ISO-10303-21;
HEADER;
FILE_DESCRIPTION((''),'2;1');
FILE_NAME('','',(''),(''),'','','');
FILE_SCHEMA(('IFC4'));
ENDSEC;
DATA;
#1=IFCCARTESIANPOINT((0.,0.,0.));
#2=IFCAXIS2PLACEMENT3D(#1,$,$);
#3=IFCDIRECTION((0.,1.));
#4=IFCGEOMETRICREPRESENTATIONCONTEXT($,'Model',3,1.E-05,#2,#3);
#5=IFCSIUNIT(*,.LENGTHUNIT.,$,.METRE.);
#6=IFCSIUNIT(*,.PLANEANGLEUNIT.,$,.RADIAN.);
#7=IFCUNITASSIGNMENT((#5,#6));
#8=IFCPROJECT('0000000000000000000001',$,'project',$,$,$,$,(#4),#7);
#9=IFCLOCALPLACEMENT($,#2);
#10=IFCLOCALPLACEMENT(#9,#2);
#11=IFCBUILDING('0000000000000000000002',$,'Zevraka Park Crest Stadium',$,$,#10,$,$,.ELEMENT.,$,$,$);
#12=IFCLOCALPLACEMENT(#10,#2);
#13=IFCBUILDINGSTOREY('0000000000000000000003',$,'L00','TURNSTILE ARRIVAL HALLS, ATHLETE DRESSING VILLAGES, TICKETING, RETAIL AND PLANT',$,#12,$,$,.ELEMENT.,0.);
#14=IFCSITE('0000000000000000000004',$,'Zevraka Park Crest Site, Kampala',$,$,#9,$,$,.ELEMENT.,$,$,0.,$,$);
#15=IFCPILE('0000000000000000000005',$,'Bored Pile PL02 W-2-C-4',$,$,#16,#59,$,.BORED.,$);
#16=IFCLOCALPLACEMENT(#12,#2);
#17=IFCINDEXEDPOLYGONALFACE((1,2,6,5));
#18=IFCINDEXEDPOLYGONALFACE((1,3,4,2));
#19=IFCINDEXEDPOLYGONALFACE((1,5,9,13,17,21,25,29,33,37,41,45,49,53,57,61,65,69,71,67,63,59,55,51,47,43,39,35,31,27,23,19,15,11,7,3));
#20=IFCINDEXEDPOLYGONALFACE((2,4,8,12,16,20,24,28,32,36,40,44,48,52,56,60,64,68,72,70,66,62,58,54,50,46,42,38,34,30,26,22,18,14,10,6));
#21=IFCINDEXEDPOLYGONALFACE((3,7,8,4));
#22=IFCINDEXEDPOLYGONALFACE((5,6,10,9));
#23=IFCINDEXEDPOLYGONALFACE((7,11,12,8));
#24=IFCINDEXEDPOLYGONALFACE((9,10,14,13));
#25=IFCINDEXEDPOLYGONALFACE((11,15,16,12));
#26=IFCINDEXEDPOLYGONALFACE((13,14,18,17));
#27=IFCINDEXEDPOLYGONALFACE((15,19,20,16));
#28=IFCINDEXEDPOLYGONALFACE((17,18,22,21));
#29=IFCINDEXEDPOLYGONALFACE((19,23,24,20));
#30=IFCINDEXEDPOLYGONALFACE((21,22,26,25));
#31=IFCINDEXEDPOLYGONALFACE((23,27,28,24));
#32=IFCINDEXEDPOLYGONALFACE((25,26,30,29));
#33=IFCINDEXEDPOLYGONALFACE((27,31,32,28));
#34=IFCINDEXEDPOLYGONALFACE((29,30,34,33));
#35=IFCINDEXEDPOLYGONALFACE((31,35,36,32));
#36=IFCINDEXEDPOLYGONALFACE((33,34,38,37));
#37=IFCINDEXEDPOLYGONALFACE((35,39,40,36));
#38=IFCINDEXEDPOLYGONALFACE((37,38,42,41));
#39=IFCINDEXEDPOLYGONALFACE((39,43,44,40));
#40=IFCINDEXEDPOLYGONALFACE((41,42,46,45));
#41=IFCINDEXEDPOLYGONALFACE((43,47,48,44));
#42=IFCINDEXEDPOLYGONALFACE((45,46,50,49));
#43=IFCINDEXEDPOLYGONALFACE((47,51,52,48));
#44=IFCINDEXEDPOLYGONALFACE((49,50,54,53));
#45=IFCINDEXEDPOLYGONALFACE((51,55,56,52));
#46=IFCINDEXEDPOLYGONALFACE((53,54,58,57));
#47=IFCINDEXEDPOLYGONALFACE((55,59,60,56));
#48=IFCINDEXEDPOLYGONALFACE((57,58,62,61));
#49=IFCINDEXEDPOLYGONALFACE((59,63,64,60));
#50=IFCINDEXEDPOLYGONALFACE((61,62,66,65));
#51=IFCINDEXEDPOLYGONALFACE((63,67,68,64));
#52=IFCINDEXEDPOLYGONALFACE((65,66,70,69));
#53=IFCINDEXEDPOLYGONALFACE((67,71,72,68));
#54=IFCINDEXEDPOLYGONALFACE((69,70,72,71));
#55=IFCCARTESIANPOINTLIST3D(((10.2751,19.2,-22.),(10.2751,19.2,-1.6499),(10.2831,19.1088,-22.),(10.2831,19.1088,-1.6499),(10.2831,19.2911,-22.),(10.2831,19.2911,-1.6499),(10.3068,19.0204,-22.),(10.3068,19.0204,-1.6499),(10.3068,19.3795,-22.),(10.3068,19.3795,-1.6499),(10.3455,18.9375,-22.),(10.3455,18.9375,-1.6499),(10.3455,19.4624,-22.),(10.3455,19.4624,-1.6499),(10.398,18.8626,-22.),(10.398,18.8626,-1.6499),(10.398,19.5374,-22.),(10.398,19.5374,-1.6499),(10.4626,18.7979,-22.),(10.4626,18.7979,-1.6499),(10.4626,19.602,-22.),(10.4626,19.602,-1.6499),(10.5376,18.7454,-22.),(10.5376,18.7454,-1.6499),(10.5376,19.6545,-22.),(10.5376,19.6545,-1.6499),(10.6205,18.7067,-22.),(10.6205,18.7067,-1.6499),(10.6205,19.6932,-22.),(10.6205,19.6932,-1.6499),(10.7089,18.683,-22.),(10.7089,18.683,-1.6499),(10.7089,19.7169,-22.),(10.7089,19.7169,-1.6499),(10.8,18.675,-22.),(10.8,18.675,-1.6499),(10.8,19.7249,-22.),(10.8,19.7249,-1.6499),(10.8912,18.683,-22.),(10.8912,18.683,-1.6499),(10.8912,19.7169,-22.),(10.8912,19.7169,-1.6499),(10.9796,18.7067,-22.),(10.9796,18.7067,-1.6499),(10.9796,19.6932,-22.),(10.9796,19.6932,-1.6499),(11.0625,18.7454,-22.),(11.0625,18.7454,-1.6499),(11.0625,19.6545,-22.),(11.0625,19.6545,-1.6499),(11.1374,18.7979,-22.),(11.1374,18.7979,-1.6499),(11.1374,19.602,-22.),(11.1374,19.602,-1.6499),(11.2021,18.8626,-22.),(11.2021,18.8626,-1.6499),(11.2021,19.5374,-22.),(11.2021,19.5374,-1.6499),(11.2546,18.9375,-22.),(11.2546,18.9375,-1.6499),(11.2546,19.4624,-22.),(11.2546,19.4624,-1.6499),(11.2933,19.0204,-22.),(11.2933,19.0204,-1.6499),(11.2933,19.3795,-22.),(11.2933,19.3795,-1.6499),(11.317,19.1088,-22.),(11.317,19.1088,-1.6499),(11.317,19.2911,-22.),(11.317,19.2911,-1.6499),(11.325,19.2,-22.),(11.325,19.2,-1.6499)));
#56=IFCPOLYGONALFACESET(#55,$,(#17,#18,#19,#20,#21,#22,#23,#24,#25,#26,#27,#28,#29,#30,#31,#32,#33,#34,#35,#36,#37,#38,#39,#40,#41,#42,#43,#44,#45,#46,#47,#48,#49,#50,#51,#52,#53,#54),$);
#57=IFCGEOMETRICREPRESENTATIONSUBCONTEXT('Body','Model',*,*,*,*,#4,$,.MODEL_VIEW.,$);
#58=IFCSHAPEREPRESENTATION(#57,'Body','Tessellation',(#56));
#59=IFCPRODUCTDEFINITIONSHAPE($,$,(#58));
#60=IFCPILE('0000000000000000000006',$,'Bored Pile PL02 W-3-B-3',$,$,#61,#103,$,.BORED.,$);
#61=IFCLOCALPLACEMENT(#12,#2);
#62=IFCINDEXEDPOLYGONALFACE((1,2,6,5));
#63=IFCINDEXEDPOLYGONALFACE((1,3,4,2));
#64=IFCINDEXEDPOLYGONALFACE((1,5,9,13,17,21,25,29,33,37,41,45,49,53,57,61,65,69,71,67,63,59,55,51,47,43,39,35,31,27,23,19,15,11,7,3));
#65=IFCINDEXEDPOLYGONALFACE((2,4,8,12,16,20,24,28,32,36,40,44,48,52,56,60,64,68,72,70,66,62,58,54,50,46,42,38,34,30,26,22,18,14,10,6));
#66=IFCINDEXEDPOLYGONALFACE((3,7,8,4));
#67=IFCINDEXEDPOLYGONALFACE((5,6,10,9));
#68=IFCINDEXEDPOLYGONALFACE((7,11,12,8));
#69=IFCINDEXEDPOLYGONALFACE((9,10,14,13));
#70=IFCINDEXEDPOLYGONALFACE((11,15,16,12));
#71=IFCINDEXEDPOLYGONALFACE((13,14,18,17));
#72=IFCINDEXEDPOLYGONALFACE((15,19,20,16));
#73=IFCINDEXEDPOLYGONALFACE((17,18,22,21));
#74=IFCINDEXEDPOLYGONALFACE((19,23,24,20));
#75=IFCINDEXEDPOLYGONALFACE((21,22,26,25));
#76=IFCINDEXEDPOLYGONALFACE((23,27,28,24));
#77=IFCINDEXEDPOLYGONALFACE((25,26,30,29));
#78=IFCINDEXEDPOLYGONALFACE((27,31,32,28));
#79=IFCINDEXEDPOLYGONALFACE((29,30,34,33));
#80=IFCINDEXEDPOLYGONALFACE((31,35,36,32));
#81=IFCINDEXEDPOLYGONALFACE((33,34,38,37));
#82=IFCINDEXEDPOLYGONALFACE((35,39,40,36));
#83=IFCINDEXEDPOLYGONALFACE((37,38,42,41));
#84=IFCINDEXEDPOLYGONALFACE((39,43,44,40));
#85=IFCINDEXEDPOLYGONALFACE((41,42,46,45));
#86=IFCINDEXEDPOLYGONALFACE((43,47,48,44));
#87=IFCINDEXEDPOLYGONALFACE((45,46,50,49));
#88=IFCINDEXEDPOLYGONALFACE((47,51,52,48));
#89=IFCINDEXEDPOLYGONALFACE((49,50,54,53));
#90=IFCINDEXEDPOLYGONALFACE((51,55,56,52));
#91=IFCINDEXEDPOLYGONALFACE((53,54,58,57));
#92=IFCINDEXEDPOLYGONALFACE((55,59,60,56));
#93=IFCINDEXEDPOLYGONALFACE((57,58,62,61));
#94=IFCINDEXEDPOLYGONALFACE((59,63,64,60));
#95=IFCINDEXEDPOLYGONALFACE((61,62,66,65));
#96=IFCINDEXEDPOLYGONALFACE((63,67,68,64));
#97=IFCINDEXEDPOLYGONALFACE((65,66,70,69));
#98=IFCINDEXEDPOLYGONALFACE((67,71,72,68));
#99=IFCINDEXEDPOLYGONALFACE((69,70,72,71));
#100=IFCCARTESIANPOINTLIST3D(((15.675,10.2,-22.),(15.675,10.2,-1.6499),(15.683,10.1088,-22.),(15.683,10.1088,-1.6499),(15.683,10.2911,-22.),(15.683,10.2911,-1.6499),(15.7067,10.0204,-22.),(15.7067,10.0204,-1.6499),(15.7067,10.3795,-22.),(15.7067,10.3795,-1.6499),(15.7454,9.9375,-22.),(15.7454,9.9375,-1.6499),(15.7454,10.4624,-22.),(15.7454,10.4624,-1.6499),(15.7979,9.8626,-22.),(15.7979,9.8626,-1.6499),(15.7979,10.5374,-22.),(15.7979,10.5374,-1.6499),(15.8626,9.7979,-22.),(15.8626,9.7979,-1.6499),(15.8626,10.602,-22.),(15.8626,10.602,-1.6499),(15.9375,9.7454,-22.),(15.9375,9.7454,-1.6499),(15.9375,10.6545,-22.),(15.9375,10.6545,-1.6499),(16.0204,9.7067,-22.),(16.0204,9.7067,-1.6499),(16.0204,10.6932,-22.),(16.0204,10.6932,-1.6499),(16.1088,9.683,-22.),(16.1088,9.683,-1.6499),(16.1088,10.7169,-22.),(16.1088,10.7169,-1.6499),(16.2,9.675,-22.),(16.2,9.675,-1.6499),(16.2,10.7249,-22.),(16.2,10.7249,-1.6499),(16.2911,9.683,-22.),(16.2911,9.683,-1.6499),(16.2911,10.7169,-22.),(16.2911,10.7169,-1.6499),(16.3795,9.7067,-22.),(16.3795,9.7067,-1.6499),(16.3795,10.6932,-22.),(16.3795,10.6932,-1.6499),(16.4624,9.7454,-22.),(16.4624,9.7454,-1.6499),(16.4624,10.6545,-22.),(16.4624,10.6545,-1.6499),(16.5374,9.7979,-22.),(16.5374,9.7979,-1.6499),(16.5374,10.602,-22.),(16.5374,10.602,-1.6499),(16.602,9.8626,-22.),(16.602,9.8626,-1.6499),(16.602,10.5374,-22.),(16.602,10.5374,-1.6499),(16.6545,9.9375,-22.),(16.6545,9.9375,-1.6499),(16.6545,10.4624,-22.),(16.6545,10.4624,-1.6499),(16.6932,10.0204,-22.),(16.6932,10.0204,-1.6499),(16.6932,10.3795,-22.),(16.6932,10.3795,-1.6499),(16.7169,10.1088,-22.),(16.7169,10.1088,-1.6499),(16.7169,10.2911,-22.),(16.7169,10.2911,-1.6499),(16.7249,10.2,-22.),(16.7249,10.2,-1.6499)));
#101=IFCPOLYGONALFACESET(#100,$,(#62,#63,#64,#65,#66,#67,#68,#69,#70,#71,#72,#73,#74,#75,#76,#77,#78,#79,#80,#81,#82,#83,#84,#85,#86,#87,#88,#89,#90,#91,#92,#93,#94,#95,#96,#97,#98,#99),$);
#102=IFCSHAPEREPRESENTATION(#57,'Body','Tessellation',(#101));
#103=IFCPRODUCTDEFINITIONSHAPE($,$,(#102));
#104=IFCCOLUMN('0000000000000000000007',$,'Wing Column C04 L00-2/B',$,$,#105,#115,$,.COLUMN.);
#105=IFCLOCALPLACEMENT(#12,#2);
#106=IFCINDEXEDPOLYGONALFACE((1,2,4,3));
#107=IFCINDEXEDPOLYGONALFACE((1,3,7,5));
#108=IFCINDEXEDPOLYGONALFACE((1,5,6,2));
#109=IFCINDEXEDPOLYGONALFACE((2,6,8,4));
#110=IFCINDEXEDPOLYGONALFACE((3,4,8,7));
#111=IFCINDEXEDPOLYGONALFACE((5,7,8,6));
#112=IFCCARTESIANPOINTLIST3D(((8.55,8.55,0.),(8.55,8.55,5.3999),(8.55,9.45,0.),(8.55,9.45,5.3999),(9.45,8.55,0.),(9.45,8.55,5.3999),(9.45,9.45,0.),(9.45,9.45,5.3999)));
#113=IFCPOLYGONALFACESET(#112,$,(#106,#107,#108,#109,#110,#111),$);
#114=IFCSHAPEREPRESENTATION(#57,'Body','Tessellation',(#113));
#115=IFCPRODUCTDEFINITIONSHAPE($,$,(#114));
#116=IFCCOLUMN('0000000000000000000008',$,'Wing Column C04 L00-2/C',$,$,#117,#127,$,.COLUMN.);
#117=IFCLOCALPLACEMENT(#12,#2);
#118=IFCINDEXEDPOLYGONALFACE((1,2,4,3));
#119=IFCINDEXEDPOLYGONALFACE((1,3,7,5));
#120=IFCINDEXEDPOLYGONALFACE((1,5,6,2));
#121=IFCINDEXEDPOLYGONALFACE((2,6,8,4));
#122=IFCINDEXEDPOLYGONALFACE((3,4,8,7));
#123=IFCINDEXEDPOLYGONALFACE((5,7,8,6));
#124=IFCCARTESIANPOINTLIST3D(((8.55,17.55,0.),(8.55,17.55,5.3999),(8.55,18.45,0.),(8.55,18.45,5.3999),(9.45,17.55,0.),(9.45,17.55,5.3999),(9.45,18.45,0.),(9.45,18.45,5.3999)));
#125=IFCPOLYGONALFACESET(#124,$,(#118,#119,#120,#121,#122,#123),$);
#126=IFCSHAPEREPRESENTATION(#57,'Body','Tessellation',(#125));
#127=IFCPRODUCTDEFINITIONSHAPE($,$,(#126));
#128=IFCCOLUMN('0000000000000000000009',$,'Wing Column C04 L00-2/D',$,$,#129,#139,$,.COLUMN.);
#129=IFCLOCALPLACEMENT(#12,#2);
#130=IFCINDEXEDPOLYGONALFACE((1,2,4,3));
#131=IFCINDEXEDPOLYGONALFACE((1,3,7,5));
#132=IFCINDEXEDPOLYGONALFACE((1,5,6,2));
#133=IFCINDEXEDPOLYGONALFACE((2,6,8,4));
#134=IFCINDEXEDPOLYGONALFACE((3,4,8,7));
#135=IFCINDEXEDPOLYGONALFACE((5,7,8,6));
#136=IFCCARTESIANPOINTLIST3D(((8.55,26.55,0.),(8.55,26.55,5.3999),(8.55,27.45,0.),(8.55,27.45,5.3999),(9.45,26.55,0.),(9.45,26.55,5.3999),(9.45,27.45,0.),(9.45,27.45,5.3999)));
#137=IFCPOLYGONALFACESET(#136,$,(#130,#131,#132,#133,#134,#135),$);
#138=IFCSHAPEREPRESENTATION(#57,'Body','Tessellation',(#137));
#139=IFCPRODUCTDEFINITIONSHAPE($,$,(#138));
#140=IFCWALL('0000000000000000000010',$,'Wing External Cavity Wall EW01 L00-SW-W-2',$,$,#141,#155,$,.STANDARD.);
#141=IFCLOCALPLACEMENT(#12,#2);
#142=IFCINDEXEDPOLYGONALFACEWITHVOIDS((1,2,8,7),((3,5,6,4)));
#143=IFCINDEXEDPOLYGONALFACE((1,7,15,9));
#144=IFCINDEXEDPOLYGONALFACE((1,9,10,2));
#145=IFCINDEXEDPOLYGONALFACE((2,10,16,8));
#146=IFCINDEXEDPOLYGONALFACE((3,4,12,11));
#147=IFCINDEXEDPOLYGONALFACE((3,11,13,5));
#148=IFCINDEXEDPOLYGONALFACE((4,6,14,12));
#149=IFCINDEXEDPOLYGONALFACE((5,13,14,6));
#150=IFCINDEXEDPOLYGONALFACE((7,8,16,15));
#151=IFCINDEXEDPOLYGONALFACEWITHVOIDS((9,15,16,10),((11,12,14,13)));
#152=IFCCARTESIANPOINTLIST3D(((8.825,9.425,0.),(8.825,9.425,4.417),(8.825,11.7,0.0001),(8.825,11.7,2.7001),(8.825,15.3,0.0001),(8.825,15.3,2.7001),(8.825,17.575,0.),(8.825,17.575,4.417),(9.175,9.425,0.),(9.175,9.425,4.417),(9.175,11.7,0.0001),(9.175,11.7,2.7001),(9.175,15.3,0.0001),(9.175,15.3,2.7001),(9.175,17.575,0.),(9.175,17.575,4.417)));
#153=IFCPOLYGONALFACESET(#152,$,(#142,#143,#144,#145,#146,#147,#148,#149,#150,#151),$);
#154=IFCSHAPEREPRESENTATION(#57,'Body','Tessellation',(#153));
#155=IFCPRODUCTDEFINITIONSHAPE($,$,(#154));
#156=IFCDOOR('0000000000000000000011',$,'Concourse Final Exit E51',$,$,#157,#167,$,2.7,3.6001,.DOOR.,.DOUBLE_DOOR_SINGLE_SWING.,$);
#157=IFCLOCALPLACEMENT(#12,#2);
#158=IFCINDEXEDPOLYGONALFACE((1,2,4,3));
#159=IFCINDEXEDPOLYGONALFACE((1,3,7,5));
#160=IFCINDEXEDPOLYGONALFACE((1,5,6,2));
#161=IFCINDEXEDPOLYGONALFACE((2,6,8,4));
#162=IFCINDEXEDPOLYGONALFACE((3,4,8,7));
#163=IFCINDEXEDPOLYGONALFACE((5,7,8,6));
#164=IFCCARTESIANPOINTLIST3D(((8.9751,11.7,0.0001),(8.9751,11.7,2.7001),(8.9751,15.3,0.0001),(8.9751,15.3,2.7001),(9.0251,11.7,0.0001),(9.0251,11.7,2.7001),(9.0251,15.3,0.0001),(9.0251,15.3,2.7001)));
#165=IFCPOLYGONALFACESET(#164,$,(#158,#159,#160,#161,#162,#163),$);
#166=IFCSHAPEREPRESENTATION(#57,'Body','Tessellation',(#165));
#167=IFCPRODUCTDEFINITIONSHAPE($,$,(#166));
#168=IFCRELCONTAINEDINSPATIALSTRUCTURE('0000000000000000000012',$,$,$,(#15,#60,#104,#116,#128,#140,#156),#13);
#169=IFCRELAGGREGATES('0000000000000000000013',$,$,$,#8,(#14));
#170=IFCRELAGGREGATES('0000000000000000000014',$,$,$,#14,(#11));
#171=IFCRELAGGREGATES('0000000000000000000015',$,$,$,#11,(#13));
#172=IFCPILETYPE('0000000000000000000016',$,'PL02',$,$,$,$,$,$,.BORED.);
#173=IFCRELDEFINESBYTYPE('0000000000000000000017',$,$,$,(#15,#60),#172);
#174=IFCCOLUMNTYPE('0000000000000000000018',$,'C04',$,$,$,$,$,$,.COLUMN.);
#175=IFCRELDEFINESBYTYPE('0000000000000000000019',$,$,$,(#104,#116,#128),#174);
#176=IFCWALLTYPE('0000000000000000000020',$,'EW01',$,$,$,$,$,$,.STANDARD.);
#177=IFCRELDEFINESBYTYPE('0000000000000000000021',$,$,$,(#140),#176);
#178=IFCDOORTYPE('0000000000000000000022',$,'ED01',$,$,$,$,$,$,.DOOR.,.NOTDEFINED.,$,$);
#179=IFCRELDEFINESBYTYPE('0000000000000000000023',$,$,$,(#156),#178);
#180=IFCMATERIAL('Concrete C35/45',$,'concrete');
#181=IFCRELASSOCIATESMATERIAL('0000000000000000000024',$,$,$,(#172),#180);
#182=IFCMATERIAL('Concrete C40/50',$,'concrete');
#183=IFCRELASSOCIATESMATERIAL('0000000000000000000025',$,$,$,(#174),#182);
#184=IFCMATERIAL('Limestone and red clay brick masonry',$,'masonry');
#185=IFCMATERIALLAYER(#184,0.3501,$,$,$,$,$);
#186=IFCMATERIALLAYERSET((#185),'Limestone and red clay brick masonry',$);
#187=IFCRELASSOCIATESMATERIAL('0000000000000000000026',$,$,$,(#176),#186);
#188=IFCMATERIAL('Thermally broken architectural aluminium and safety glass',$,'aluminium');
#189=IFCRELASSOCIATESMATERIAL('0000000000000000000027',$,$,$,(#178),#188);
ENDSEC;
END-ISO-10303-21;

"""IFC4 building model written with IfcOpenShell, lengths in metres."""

from ifc_helpers import new_model, si_unit, direction, frame, frame_2d, origin, origin_2d, place, context, subcontext, project, spatial, rectangle, circle, extrude, material, layer, layer_set, material_profile, profile_set, type_object, element, fill, save


model = new_model("IFC4")

# Units and contexts
model_context = context("Model", 3, precision=1e-05, world=origin(), true_north=direction((0.0, 1.0)))
body_context = subcontext(model_context, "Body", "Model", "MODEL_VIEW")
ifc_project = project(units=[si_unit("LENGTHUNIT", "METRE"), si_unit("PLANEANGLEUNIT", "RADIAN")], contexts=[model_context])

# Site, building, storey
site_placement = place(None, origin())
site = spatial("IfcSite", under=ifc_project, at=site_placement, Name="Zevraka Park Crest Site, Kampala", CompositionType="ELEMENT", RefElevation=0.0)
building_placement = place(site_placement, origin())
building = spatial("IfcBuilding", under=site, at=building_placement, Name="Zevraka Park Crest Stadium", CompositionType="ELEMENT")
storey_placement = place(building_placement, origin())
storey = spatial("IfcBuildingStorey", under=building, at=storey_placement, Name="L00", Description="TURNSTILE ARRIVAL HALLS, ATHLETE DRESSING VILLAGES, TICKETING, RETAIL AND PLANT", CompositionType="ELEMENT", Elevation=0.0)

# Piles
ifc_material_1 = material(Name="Concrete C35/45", Category="concrete")
ifc_material_profile_1 = material_profile(ifc_material_1, circle(Radius=0.5249, at=origin_2d()), Name="PILE D1050")
ifc_profile_set_1 = profile_set([ifc_material_profile_1], Name="Concrete C35/45")
pile_type_1 = type_object("IfcPileType", Name="PL02", PredefinedType="BORED", material=ifc_profile_set_1)
for number, where, z_axis, x_axis, name in (
    (1, (10.8, 19.2, -1.6499), (0.0, 0.0, -1.0), (1.0, 0.0, 0.0), "Bored Pile PL02 W-2-C-4"),
    (2, (16.2, 10.2, -1.6499), (0.0, 0.0, -1.0), (1.0, 0.0, 0.0), "Bored Pile PL02 W-3-B-3"),
):
    element("IfcPile", number, at=place(storey_placement, frame(where, z_axis=z_axis, x_axis=x_axis)), inside=storey, type_object=pile_type_1, Name=name, PredefinedType="BORED", context=body_context, shape_type="SweptSolid", body=[
        extrude(circle(Radius=0.5249, at=origin_2d()), origin(), (0.0, 0.0, 1.0), 20.3501),
    ])

# Columns
ifc_material_2 = material(Name="Concrete C40/50", Category="concrete")
ifc_material_profile_2 = material_profile(ifc_material_2, rectangle(XDim=0.8999, YDim=0.8999, at=origin_2d()), Name="RC 900x900")
ifc_profile_set_2 = profile_set([ifc_material_profile_2], Name="Concrete C40/50")
column_type = type_object("IfcColumnType", Name="C04", PredefinedType="COLUMN", material=ifc_profile_set_2)
for number, where, z_axis, x_axis, name in (
    (3, (9.0, 9.0, 0.0), (0.0, 0.0, 1.0), (1.0, 0.0, 0.0), "Wing Column C04 L00-2/B"),
    (4, (9.0, 18.0, 0.0), (0.0, 0.0, 1.0), (1.0, 0.0, 0.0), "Wing Column C04 L00-2/C"),
    (5, (9.0, 27.0, 0.0), (0.0, 0.0, 1.0), (1.0, 0.0, 0.0), "Wing Column C04 L00-2/D"),
):
    element("IfcColumn", number, at=place(storey_placement, frame(where, z_axis=z_axis, x_axis=x_axis)), inside=storey, type_object=column_type, Name=name, PredefinedType="COLUMN", context=body_context, shape_type="SweptSolid", body=[
        extrude(rectangle(XDim=0.8999, YDim=0.8999, at=origin_2d()), origin(), (0.0, 0.0, 1.0), 5.3999),
    ])

# Wall, opening, door
ifc_material_3 = material(Name="Limestone and red clay brick masonry", Category="masonry")
ifc_layer = layer(ifc_material_3, 0.3501)
ifc_layer_set = layer_set([ifc_layer], Name="Limestone and red clay brick masonry")
wall_type = type_object("IfcWallType", Name="EW01", PredefinedType="STANDARD", material=ifc_layer_set)
wall_1_placement = place(storey_placement, frame((9.0, 9.425, 0.0), z_axis=(0.0, 0.0, 1.0), x_axis=(0.0, 1.0, 0.0)))
wall_1 = element("IfcWall", 6, at=wall_1_placement, inside=storey, type_object=wall_type, Name="Wing External Cavity Wall EW01 L00-SW-W-2", PredefinedType="STANDARD", context=body_context, shape_type="SweptSolid", body=[
    extrude(rectangle(XDim=8.1499, YDim=0.3501, at=frame_2d((4.075, 0.0))), origin(), (0.0, 0.0, 1.0), 4.417),
])
opening_1_placement = place(wall_1_placement, frame((2.2749, 0.0, 0.0)))
opening_1 = element("IfcOpeningElement", 7, at=opening_1_placement, cuts=wall_1, PredefinedType="OPENING", context=body_context, shape_type="SweptSolid", body=[
    extrude(rectangle(XDim=3.6001, YDim=2.7, at=frame_2d((1.8, 1.3501))), frame((0.0, 0.1851, 0.0), z_axis=(0.0, -1.0, 0.0), x_axis=(1.0, 0.0, 0.0)), (0.0, 0.0, 1.0), 0.3701),
])
ifc_material_4 = material(Name="Thermally broken architectural aluminium and safety glass", Category="aluminium")
door_type = type_object("IfcDoorType", Name="ED01", OperationType="NOTDEFINED", PredefinedType="DOOR", material=ifc_material_4)
door_1_placement = place(opening_1_placement, origin())
door_1 = element("IfcDoor", 8, at=door_1_placement, inside=storey, type_object=door_type, Name="Concourse Final Exit E51", OperationType="DOUBLE_DOOR_SINGLE_SWING", OverallHeight=2.7, OverallWidth=3.6001, PredefinedType="DOOR", context=body_context, shape_type="SweptSolid", body=[
    extrude(rectangle(XDim=3.6001, YDim=2.7, at=frame_2d((1.8, 1.3501))), frame((0.0, 0.0249, 0.0), z_axis=(0.0, -1.0, 0.0), x_axis=(1.0, 0.0, 0.0)), (0.0, 0.0, 1.0), 0.05),
])
fill(opening_1, door_1)

save(model, "model.ifc")
